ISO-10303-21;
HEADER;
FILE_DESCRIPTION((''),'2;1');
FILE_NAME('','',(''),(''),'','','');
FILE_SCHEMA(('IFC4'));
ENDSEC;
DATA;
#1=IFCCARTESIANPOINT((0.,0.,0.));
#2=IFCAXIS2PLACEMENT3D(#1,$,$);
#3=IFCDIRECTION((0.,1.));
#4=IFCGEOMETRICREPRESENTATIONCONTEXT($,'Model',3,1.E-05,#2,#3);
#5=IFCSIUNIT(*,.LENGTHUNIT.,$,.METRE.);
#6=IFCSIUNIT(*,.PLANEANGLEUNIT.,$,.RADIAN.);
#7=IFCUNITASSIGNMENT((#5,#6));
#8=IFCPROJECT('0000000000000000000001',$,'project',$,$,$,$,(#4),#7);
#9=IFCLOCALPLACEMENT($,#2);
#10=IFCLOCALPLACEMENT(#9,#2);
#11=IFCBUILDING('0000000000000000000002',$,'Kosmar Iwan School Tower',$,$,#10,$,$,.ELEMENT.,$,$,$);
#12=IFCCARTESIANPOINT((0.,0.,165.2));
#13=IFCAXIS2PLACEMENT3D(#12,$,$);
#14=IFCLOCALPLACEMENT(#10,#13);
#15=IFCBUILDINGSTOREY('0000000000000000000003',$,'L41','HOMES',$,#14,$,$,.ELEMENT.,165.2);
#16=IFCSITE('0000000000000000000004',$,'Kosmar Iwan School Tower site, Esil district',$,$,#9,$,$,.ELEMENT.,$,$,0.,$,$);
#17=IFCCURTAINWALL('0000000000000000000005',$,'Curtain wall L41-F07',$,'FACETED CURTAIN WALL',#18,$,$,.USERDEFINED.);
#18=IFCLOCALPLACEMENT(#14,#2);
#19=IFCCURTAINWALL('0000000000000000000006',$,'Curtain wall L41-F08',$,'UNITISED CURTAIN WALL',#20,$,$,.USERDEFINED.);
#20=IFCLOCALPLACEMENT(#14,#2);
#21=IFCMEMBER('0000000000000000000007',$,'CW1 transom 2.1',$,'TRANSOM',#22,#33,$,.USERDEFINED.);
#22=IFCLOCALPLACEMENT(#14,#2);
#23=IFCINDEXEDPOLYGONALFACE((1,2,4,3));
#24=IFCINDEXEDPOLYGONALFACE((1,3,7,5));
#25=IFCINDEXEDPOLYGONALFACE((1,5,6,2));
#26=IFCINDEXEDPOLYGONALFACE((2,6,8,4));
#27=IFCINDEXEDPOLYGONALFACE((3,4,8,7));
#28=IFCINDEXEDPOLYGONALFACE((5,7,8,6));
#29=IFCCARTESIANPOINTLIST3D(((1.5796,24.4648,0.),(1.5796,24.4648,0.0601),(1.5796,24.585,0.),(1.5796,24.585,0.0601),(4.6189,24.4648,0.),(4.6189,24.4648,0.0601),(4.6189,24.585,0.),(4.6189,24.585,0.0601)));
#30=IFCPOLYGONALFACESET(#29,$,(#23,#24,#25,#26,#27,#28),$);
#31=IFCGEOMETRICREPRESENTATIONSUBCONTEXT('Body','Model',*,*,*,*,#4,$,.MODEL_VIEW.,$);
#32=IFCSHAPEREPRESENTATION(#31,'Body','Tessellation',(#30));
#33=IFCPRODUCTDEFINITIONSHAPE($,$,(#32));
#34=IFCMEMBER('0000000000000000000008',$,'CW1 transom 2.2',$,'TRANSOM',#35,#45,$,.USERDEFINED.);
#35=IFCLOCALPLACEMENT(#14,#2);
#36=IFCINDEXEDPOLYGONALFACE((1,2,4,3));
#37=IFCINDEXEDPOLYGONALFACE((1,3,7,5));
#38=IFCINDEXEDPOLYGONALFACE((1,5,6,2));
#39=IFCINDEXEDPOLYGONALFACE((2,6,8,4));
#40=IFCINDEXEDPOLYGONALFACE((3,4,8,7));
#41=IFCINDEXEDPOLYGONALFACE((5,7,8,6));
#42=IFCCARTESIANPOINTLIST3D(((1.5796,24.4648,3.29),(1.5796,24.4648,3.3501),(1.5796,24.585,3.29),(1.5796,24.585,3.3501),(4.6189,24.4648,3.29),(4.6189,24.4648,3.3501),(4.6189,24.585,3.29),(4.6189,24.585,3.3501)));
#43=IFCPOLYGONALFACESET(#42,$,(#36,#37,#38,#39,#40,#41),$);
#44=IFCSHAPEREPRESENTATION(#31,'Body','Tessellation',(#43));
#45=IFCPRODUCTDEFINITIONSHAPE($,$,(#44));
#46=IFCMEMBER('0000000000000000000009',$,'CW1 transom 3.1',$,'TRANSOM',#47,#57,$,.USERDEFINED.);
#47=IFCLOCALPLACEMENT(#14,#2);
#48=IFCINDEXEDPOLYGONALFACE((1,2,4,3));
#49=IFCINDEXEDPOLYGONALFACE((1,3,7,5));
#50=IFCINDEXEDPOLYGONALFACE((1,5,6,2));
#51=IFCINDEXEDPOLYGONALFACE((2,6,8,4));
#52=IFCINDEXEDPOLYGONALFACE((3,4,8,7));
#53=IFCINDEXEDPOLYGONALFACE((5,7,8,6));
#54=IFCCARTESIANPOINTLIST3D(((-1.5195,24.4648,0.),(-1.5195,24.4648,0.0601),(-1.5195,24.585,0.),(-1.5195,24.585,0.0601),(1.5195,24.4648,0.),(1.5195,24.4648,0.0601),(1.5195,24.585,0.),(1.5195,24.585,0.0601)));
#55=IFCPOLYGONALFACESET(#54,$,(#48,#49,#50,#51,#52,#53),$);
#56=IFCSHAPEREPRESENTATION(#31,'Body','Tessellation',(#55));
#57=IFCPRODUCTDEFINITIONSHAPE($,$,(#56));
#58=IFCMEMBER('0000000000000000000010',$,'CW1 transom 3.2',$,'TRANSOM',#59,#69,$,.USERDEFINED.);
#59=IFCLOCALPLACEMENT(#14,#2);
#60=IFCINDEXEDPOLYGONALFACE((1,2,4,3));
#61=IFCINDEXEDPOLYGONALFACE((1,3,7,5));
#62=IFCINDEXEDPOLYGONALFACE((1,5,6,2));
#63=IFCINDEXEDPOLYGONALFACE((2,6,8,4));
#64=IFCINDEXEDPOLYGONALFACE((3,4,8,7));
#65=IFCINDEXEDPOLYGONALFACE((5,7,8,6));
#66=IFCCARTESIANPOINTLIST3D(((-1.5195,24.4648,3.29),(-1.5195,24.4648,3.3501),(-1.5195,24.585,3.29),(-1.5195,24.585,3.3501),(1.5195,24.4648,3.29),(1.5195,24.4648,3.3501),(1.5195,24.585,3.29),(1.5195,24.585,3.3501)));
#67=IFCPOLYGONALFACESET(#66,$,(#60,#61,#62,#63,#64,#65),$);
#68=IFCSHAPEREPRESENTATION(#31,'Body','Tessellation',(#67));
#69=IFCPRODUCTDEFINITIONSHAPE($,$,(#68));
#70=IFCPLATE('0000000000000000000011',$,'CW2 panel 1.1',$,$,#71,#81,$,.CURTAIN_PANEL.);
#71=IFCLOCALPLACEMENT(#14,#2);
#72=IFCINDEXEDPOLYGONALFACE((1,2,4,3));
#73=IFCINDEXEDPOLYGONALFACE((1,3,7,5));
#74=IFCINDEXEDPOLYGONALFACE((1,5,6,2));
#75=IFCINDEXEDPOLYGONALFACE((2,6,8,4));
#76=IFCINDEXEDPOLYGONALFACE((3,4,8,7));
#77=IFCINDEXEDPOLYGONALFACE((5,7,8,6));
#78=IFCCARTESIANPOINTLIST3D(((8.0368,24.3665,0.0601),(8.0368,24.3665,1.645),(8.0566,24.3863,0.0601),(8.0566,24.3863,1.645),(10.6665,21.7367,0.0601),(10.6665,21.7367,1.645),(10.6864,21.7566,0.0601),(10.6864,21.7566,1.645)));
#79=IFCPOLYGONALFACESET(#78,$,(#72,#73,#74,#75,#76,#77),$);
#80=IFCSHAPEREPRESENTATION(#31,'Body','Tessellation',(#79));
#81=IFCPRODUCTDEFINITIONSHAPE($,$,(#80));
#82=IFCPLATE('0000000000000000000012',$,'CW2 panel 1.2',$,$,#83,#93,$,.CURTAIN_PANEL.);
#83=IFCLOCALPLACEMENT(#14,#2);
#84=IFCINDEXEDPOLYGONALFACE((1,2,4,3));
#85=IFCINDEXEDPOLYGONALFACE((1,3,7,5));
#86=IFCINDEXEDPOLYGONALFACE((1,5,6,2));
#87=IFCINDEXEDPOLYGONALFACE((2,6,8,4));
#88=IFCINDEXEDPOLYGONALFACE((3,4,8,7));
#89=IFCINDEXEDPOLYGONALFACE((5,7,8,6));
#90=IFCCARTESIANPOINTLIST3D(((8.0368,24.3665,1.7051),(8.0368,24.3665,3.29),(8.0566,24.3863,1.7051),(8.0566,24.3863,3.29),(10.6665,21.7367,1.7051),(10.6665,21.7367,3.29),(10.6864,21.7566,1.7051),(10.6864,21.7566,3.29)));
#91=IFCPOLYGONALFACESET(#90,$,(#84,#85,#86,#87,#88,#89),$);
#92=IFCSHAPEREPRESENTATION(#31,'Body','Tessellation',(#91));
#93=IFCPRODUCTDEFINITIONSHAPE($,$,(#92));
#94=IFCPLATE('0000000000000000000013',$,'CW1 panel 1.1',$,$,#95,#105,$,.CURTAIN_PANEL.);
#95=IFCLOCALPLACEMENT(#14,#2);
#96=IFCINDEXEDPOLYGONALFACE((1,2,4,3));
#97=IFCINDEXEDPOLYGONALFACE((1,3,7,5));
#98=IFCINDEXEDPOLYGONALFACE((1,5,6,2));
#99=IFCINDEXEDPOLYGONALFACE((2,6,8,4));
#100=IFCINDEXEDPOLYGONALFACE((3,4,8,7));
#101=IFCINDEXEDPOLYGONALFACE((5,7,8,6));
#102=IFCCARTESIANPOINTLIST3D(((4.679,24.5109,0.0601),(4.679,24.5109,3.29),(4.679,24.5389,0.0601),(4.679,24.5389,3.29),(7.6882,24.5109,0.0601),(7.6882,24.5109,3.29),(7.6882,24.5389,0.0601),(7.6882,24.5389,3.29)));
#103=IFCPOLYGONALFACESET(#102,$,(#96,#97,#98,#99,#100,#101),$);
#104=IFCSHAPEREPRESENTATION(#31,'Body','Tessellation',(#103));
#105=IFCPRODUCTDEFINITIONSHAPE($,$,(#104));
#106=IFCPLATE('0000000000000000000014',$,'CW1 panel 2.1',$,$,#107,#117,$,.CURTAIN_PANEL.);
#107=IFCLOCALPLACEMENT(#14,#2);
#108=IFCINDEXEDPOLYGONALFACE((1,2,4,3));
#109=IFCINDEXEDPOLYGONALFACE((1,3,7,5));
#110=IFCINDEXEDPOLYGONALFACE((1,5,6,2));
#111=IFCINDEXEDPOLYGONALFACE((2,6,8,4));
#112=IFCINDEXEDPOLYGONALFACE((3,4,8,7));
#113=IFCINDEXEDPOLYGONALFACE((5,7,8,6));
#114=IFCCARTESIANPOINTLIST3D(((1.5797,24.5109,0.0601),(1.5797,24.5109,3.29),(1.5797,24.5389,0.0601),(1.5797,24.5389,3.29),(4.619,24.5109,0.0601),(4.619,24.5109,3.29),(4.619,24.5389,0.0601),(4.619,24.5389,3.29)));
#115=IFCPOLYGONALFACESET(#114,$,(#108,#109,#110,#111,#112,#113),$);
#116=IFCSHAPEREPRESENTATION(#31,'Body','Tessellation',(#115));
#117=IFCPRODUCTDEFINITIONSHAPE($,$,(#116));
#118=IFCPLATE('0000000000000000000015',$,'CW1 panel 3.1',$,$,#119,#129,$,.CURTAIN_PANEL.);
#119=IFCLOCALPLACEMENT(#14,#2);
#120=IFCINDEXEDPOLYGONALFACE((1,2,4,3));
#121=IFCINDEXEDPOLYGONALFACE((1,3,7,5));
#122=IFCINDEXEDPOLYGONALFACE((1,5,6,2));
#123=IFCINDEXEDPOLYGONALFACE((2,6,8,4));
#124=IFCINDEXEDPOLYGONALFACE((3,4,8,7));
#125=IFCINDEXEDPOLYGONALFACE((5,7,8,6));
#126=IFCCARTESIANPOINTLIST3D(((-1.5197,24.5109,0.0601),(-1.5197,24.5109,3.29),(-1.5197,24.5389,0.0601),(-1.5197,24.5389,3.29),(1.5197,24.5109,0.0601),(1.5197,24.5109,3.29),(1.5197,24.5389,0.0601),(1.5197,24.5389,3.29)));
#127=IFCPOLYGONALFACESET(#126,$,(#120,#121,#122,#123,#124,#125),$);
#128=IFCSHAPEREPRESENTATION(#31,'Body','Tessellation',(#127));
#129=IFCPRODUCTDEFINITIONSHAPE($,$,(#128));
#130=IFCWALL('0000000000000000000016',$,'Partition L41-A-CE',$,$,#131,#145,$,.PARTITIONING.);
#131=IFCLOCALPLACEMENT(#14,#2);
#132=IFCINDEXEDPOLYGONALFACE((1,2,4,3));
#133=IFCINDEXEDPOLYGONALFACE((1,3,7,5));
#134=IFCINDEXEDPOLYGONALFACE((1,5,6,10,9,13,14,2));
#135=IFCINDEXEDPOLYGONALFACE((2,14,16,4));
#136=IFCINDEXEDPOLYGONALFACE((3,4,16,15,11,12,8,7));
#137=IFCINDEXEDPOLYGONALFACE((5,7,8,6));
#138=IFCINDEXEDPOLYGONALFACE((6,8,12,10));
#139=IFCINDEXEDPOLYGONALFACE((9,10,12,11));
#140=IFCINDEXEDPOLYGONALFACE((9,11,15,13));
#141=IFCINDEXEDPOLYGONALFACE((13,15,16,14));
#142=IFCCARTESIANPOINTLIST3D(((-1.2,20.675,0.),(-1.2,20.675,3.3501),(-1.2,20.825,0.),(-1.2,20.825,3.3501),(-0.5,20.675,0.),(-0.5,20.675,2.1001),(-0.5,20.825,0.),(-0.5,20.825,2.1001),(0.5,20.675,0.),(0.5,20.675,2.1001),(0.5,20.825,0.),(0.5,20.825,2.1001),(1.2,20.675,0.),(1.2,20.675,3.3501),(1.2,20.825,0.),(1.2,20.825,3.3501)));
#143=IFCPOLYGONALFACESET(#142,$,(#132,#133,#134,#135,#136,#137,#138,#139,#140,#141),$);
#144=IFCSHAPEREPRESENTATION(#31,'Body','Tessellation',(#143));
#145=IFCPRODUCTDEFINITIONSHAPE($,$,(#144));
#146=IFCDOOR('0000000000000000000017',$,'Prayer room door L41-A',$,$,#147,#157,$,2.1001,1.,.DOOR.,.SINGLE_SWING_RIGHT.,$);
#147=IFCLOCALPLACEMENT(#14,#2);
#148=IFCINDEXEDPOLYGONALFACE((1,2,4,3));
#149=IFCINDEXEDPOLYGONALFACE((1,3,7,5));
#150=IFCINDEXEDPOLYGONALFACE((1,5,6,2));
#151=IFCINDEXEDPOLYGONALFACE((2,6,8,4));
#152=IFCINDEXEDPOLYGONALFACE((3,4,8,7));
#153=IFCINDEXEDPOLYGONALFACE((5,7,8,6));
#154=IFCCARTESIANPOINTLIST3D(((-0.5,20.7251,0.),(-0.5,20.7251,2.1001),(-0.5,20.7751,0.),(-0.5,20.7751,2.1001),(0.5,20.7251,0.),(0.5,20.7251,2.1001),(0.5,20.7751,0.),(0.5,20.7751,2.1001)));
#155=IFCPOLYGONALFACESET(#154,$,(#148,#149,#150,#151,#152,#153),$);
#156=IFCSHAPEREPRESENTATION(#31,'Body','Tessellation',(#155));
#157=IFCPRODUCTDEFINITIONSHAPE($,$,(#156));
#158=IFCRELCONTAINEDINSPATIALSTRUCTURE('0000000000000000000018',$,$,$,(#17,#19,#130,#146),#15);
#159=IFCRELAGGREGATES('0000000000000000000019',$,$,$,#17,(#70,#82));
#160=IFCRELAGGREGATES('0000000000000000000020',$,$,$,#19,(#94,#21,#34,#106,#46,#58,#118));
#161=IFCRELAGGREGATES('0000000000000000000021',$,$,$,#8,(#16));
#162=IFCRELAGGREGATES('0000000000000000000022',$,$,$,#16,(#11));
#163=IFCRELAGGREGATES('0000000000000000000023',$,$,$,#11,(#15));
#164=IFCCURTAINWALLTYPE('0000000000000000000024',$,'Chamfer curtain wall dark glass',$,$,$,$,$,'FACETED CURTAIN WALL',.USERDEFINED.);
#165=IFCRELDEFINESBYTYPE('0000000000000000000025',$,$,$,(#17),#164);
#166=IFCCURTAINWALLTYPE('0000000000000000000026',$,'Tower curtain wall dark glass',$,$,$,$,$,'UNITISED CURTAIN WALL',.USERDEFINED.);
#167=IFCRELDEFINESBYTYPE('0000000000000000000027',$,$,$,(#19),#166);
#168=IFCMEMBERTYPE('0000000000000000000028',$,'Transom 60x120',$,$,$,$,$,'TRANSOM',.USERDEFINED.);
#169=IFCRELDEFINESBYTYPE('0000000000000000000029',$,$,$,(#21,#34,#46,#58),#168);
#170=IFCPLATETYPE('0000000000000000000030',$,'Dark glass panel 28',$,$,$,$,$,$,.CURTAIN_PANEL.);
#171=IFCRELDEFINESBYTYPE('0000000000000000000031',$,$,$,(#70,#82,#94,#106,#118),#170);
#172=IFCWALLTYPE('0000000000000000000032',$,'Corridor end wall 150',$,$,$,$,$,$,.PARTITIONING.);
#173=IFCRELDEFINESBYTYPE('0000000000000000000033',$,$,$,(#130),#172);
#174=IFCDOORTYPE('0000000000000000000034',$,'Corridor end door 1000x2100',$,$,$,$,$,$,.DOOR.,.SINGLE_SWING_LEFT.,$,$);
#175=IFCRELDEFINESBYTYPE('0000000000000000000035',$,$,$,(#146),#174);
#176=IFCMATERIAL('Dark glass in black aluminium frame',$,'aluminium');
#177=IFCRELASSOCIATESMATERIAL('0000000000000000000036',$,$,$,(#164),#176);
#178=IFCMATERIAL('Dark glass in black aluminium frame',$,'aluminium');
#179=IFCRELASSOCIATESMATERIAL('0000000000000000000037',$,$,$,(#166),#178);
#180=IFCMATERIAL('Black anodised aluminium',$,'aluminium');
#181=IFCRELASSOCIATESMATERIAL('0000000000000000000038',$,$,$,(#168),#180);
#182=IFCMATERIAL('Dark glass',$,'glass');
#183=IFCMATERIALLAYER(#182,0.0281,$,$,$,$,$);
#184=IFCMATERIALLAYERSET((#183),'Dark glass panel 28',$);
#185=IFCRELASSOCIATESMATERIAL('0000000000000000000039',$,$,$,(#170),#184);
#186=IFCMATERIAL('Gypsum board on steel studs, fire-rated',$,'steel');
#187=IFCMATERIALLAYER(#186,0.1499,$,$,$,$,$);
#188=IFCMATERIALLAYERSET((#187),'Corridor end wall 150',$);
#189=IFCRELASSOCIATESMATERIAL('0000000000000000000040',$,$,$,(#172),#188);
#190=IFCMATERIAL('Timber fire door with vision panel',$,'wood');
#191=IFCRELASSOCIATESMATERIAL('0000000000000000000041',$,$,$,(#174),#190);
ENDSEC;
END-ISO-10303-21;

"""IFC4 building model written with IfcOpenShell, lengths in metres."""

from ifc_helpers import new_model, si_unit, direction, frame, frame_2d, origin, origin_2d, place, context, subcontext, project, spatial, rectangle, extrude, material, layer, layer_set, material_profile, profile_set, type_object, element, fill, aggregate, save


model = new_model("IFC4")

# Units and contexts
model_context = context("Model", 3, precision=1e-05, world=origin(), true_north=direction((0.0, 1.0)))
body_context = subcontext(model_context, "Body", "Model", "MODEL_VIEW")
ifc_project = project(units=[si_unit("LENGTHUNIT", "METRE"), si_unit("PLANEANGLEUNIT", "RADIAN")], contexts=[model_context])

# Site, building, storey
site_placement = place(None, origin())
site = spatial("IfcSite", under=ifc_project, at=site_placement, Name="Kosmar Iwan School Tower site, Esil district", CompositionType="ELEMENT", RefElevation=0.0)
building_placement = place(site_placement, origin())
building = spatial("IfcBuilding", under=site, at=building_placement, Name="Kosmar Iwan School Tower", CompositionType="ELEMENT")
storey_placement = place(building_placement, frame((0.0, 0.0, 165.2)))
storey = spatial("IfcBuildingStorey", under=building, at=storey_placement, Name="L41", Description="HOMES", CompositionType="ELEMENT", Elevation=165.2)

# Curtain walls
ifc_material_1 = material(Name="Dark glass in black aluminium frame", Category="aluminium")
curtain_wall_type_1 = type_object("IfcCurtainWallType", Name="Chamfer curtain wall dark glass", ElementType="FACETED CURTAIN WALL", PredefinedType="USERDEFINED", material=ifc_material_1)
curtain_wall_1_placement = place(storey_placement, origin())
curtain_wall_1 = element("IfcCurtainWall", 1, at=curtain_wall_1_placement, inside=storey, type_object=curtain_wall_type_1, Name="Curtain wall L41-F07", ObjectType="FACETED CURTAIN WALL", PredefinedType="USERDEFINED")
ifc_material_2 = material(Name="Dark glass in black aluminium frame", Category="aluminium")
curtain_wall_type_2 = type_object("IfcCurtainWallType", Name="Tower curtain wall dark glass", ElementType="UNITISED CURTAIN WALL", PredefinedType="USERDEFINED", material=ifc_material_2)
curtain_wall_2_placement = place(storey_placement, origin())
curtain_wall_2 = element("IfcCurtainWall", 2, at=curtain_wall_2_placement, inside=storey, type_object=curtain_wall_type_2, Name="Curtain wall L41-F08", ObjectType="UNITISED CURTAIN WALL", PredefinedType="USERDEFINED")

# Members
ifc_material_3 = material(Name="Black anodised aluminium", Category="aluminium")
ifc_material_profile_1 = material_profile(ifc_material_3, rectangle(XDim=0.1201, YDim=0.0601, at=origin_2d()), Name="TRANSOM 60x120")
ifc_profile_set_1 = profile_set([ifc_material_profile_1], Name="Black anodised aluminium")
member_type_1 = type_object("IfcMemberType", Name="Transom 60x120", ElementType="TRANSOM", PredefinedType="USERDEFINED", material=ifc_profile_set_1)
member_1_placement = place(storey_placement, frame((4.6189, 24.5249, 0.03), z_axis=(-1.0, 0.0, 0.0), x_axis=(0.0, -1.0, 0.0)))
member_1 = element("IfcMember", 3, at=member_1_placement, type_object=member_type_1, Name="CW1 transom 2.1", ObjectType="TRANSOM", PredefinedType="USERDEFINED", context=body_context, shape_type="SweptSolid", body=[
    extrude(rectangle(XDim=0.1201, YDim=0.0601, at=origin_2d()), origin(), (0.0, 0.0, 1.0), 3.0393),
])
member_2_placement = place(storey_placement, frame((4.6189, 24.5249, 3.3201), z_axis=(-1.0, 0.0, 0.0), x_axis=(0.0, -1.0, 0.0)))
member_2 = element("IfcMember", 4, at=member_2_placement, type_object=member_type_1, Name="CW1 transom 2.2", ObjectType="TRANSOM", PredefinedType="USERDEFINED", context=body_context, shape_type="SweptSolid", body=[
    extrude(rectangle(XDim=0.1201, YDim=0.0601, at=origin_2d()), origin(), (0.0, 0.0, 1.0), 3.0393),
])
member_3_placement = place(storey_placement, frame((1.5195, 24.5249, 0.03), z_axis=(-1.0, 0.0, 0.0), x_axis=(0.0, -1.0, 0.0)))
member_3 = element("IfcMember", 5, at=member_3_placement, type_object=member_type_1, Name="CW1 transom 3.1", ObjectType="TRANSOM", PredefinedType="USERDEFINED", context=body_context, shape_type="SweptSolid", body=[
    extrude(rectangle(XDim=0.1201, YDim=0.0601, at=origin_2d()), origin(), (0.0, 0.0, 1.0), 3.0391),
])
member_4_placement = place(storey_placement, frame((1.5195, 24.5249, 3.3201), z_axis=(-1.0, 0.0, 0.0), x_axis=(0.0, -1.0, 0.0)))
member_4 = element("IfcMember", 6, at=member_4_placement, type_object=member_type_1, Name="CW1 transom 3.2", ObjectType="TRANSOM", PredefinedType="USERDEFINED", context=body_context, shape_type="SweptSolid", body=[
    extrude(rectangle(XDim=0.1201, YDim=0.0601, at=origin_2d()), origin(), (0.0, 0.0, 1.0), 3.0391),
])

# Plates
ifc_material_4 = material(Name="Dark glass", Category="glass")
ifc_layer_1 = layer(ifc_material_4, 0.0281)
ifc_layer_set_1 = layer_set([ifc_layer_1], Name="Dark glass panel 28")
plate_type = type_object("IfcPlateType", Name="Dark glass panel 28", PredefinedType="CURTAIN_PANEL", material=ifc_layer_set_1)
plate_1_placement = place(storey_placement, frame((9.3616, 23.0615, 0.0601), z_axis=(0.0, 0.0, 1.0), x_axis=(-0.707107, 0.707107, 0.0)))
plate_1 = element("IfcPlate", 7, at=plate_1_placement, type_object=plate_type, Name="CW2 panel 1.1", PredefinedType="CURTAIN_PANEL", context=body_context, shape_type="SweptSolid", body=[
    extrude(rectangle(XDim=3.719, YDim=0.0281, at=origin_2d()), origin(), (0.0, 0.0, 1.0), 1.585),
])
plate_2_placement = place(storey_placement, frame((9.3616, 23.0615, 1.7051), z_axis=(0.0, 0.0, 1.0), x_axis=(-0.707107, 0.707107, 0.0)))
plate_2 = element("IfcPlate", 8, at=plate_2_placement, type_object=plate_type, Name="CW2 panel 1.2", PredefinedType="CURTAIN_PANEL", context=body_context, shape_type="SweptSolid", body=[
    extrude(rectangle(XDim=3.719, YDim=0.0281, at=origin_2d()), origin(), (0.0, 0.0, 1.0), 1.585),
])
aggregate(curtain_wall_1, [plate_1, plate_2])
plate_3_placement = place(storey_placement, frame((6.1836, 24.5249, 0.0601), z_axis=(0.0, 0.0, 1.0), x_axis=(-1.0, 0.0, 0.0)))
plate_3 = element("IfcPlate", 9, at=plate_3_placement, type_object=plate_type, Name="CW1 panel 1.1", PredefinedType="CURTAIN_PANEL", context=body_context, shape_type="SweptSolid", body=[
    extrude(rectangle(XDim=3.0093, YDim=0.0281, at=origin_2d()), origin(), (0.0, 0.0, 1.0), 3.23),
])
plate_4_placement = place(storey_placement, frame((3.0994, 24.5249, 0.0601), z_axis=(0.0, 0.0, 1.0), x_axis=(-1.0, 0.0, 0.0)))
plate_4 = element("IfcPlate", 10, at=plate_4_placement, type_object=plate_type, Name="CW1 panel 2.1", PredefinedType="CURTAIN_PANEL", context=body_context, shape_type="SweptSolid", body=[
    extrude(rectangle(XDim=3.0393, YDim=0.0281, at=origin_2d()), origin(), (0.0, 0.0, 1.0), 3.23),
])
plate_5_placement = place(storey_placement, frame((0.0, 24.5249, 0.0601), z_axis=(0.0, 0.0, 1.0), x_axis=(-1.0, 0.0, 0.0)))
plate_5 = element("IfcPlate", 11, at=plate_5_placement, type_object=plate_type, Name="CW1 panel 3.1", PredefinedType="CURTAIN_PANEL", context=body_context, shape_type="SweptSolid", body=[
    extrude(rectangle(XDim=3.0393, YDim=0.0281, at=origin_2d()), origin(), (0.0, 0.0, 1.0), 3.23),
])
aggregate(curtain_wall_2, [plate_3, member_1, member_2, plate_4, member_3, member_4, plate_5])

# Wall, opening, door
ifc_material_5 = material(Name="Gypsum board on steel studs, fire-rated", Category="steel")
ifc_layer_2 = layer(ifc_material_5, 0.1499)
ifc_layer_set_2 = layer_set([ifc_layer_2], Name="Corridor end wall 150")
wall_type_1 = type_object("IfcWallType", Name="Corridor end wall 150", PredefinedType="PARTITIONING", material=ifc_layer_set_2)
wall_1_placement = place(storey_placement, frame((1.2, 20.75, 0.0), z_axis=(0.0, 0.0, 1.0), x_axis=(-1.0, 0.0, 0.0)))
wall_1 = element("IfcWall", 12, at=wall_1_placement, inside=storey, type_object=wall_type_1, Name="Partition L41-A-CE", PredefinedType="PARTITIONING", context=body_context, shape_type="SweptSolid", body=[
    extrude(rectangle(XDim=2.3999, YDim=0.1499, at=frame_2d((1.2, 0.0))), origin(), (0.0, 0.0, 1.0), 3.3501),
])
opening_1_placement = place(wall_1_placement, frame((0.7, 0.0, 0.0)))
opening_1 = element("IfcOpeningElement", 13, at=opening_1_placement, cuts=wall_1, PredefinedType="OPENING", context=body_context, shape_type="SweptSolid", body=[
    extrude(rectangle(XDim=1.0, YDim=2.1001, at=frame_2d((0.5, 1.05))), frame((0.0, 0.0869, 0.0), z_axis=(0.0, -1.0, 0.0), x_axis=(1.0, 0.0, 0.0)), (0.0, 0.0, 1.0), 0.1738),
])
ifc_material_6 = material(Name="Timber fire door with vision panel", Category="wood")
door_type_1 = type_object("IfcDoorType", Name="Corridor end door 1000x2100", OperationType="SINGLE_SWING_LEFT", PredefinedType="DOOR", material=ifc_material_6)
door_1_placement = place(opening_1_placement, origin())
door_1 = element("IfcDoor", 14, at=door_1_placement, inside=storey, type_object=door_type_1, Name="Prayer room door L41-A", OperationType="SINGLE_SWING_RIGHT", OverallHeight=2.1001, OverallWidth=1.0, PredefinedType="DOOR", context=body_context, shape_type="SweptSolid", body=[
    extrude(rectangle(XDim=1.0, YDim=2.1001, at=frame_2d((0.5, 1.05))), frame((0.0, 0.0249, 0.0), z_axis=(0.0, -1.0, 0.0), x_axis=(1.0, 0.0, 0.0)), (0.0, 0.0, 1.0), 0.05),
])
fill(opening_1, door_1)

save(model, "model.ifc")
